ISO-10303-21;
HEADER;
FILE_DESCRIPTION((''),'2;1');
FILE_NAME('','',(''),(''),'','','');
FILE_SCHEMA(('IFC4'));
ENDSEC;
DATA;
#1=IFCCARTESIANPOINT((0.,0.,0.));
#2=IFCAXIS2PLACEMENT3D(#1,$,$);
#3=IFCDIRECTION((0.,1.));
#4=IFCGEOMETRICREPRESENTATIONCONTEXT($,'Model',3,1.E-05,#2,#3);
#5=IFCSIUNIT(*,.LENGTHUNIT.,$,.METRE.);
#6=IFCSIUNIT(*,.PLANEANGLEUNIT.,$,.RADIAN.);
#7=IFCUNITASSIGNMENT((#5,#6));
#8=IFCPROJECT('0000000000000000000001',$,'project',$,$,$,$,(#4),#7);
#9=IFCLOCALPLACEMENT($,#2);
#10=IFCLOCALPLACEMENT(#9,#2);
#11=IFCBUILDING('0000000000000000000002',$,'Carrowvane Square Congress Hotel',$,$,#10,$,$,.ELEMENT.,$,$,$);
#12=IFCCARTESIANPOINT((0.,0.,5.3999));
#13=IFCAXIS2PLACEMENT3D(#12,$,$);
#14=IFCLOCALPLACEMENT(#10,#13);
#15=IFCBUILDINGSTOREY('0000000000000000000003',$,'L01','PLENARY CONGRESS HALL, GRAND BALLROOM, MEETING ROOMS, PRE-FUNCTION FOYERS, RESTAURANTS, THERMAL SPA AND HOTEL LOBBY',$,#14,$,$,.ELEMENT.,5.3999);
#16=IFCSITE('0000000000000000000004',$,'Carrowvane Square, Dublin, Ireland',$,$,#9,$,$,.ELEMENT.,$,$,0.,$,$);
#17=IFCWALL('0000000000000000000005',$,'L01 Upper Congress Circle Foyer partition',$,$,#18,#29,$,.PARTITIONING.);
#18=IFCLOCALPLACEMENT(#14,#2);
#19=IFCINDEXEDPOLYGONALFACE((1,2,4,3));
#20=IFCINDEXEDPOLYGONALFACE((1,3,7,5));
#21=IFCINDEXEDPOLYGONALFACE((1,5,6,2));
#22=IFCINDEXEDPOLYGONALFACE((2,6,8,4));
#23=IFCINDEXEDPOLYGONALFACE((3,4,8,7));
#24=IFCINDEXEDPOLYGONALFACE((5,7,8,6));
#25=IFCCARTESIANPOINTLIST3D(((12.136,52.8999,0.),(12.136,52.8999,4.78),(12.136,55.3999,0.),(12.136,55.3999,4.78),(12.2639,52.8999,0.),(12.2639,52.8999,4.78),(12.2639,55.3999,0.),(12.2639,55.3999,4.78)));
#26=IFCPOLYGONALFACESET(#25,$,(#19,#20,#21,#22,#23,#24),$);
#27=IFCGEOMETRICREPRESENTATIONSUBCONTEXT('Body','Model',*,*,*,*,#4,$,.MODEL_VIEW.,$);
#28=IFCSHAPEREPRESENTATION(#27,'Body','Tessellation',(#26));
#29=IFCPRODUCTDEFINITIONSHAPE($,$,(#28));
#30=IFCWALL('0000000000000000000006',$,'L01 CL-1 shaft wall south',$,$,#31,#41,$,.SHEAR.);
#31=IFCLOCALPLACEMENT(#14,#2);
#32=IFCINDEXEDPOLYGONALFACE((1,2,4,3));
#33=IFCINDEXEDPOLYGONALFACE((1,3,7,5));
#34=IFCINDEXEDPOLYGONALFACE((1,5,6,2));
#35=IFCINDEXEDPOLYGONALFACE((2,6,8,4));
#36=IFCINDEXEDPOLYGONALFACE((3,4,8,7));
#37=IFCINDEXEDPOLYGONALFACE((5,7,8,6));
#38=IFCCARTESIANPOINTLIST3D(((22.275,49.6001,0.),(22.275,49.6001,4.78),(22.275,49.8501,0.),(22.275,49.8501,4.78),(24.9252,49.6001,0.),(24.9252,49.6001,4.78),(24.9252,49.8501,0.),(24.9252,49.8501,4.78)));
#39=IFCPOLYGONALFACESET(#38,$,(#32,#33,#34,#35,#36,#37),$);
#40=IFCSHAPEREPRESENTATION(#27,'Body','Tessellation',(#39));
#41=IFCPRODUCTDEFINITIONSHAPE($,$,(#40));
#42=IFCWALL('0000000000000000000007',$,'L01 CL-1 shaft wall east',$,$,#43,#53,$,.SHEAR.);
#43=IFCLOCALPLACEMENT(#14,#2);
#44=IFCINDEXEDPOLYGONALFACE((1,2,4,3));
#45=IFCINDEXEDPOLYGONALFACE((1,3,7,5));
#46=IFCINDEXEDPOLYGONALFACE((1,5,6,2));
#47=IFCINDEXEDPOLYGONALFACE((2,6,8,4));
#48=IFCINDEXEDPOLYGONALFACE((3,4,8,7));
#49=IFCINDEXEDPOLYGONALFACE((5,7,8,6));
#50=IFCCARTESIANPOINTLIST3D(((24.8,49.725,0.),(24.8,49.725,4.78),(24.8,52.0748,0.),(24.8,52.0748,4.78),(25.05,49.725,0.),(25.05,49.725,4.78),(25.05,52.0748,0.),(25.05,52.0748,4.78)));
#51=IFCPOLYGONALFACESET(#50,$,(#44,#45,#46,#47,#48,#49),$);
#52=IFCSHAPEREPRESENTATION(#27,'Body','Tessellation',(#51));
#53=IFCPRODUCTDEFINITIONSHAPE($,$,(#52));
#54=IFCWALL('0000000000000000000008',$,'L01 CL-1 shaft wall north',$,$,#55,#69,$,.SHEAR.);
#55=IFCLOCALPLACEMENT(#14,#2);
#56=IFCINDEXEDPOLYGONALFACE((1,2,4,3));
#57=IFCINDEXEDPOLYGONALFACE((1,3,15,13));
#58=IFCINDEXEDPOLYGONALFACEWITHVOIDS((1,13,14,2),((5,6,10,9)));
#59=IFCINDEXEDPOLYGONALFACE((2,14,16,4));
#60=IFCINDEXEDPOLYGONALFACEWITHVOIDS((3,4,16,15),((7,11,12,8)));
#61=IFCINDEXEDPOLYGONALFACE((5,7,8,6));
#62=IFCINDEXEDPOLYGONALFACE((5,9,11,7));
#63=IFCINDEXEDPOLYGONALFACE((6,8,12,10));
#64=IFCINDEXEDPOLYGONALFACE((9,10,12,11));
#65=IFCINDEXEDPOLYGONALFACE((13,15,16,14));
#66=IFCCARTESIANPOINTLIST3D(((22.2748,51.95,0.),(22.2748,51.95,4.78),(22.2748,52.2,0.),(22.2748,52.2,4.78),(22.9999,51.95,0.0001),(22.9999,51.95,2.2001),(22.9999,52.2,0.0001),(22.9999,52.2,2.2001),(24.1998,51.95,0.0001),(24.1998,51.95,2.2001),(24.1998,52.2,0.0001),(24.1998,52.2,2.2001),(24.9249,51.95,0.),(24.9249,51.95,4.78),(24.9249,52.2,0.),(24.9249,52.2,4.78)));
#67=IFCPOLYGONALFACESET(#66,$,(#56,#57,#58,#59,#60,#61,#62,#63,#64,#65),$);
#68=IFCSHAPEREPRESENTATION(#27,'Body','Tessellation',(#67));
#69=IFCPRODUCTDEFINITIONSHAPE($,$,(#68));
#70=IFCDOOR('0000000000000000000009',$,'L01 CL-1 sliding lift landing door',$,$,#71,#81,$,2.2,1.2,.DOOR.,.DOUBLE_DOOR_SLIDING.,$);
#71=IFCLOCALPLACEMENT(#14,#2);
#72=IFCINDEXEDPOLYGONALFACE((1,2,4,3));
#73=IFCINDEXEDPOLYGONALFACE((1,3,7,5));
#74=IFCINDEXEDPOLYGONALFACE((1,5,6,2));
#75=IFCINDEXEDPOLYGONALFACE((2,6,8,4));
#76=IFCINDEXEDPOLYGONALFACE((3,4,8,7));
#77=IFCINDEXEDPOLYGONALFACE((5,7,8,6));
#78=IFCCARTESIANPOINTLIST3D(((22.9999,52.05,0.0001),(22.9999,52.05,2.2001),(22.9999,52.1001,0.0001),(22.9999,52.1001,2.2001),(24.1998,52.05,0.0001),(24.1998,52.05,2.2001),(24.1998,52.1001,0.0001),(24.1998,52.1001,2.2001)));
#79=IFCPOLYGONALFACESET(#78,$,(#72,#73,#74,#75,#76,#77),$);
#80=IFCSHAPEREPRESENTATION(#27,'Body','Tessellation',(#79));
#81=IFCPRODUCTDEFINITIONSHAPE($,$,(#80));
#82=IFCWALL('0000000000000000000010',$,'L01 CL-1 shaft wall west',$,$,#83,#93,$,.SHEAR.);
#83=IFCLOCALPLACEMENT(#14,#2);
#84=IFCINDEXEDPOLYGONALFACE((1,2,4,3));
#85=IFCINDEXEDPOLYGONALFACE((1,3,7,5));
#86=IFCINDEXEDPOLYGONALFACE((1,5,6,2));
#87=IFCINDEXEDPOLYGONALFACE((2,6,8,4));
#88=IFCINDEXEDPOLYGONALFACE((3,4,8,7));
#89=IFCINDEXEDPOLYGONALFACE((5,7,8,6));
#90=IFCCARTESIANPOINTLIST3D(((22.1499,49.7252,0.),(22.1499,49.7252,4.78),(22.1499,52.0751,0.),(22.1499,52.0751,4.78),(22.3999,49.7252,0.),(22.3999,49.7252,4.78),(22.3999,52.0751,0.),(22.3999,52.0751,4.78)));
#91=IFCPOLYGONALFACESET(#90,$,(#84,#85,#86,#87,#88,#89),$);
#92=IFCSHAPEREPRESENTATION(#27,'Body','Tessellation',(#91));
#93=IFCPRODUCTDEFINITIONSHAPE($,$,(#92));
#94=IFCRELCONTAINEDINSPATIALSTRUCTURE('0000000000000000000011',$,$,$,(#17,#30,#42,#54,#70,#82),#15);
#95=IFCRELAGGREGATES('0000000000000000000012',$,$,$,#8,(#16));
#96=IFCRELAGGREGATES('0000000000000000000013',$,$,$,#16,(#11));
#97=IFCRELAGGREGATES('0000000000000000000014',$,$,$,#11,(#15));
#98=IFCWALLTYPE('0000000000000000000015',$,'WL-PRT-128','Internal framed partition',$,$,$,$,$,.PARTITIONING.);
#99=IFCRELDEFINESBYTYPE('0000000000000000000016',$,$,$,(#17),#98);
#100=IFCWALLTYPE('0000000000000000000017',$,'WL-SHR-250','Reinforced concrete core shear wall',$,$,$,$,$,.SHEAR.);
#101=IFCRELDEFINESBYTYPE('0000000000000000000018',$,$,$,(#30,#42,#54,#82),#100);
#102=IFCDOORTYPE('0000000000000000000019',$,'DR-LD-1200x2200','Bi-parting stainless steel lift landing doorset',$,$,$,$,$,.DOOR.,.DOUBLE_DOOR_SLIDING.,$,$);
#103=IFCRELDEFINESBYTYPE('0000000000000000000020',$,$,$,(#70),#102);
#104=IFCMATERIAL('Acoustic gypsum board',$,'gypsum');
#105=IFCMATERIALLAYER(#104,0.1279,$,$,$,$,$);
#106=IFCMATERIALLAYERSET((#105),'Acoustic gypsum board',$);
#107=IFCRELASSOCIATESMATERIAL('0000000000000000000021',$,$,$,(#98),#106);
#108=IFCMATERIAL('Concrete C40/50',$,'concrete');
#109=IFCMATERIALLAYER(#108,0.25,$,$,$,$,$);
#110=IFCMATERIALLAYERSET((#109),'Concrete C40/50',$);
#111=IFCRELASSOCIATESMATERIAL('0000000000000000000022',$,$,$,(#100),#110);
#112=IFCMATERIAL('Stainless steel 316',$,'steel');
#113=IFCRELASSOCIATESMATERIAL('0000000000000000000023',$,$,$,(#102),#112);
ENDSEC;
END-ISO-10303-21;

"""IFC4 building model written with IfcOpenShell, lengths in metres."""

from ifc_helpers import new_model, si_unit, direction, frame, frame_2d, origin, place, context, subcontext, project, spatial, rectangle, extrude, material, layer, layer_set, type_object, element, fill, save


model = new_model("IFC4")

# Units and contexts
model_context = context("Model", 3, precision=1e-05, world=origin(), true_north=direction((0.0, 1.0)))
body_context = subcontext(model_context, "Body", "Model", "MODEL_VIEW")
ifc_project = project(units=[si_unit("LENGTHUNIT", "METRE"), si_unit("PLANEANGLEUNIT", "RADIAN")], contexts=[model_context])

# Site, building, storey
site_placement = place(None, origin())
site = spatial("IfcSite", under=ifc_project, at=site_placement, Name="Carrowvane Square, Dublin, Ireland", CompositionType="ELEMENT", RefElevation=0.0)
building_placement = place(site_placement, origin())
building = spatial("IfcBuilding", under=site, at=building_placement, Name="Carrowvane Square Congress Hotel", CompositionType="ELEMENT")
storey_placement = place(building_placement, frame((0.0, 0.0, 5.3999)))
storey = spatial("IfcBuildingStorey", under=building, at=storey_placement, Name="L01", Description="PLENARY CONGRESS HALL, GRAND BALLROOM, MEETING ROOMS, PRE-FUNCTION FOYERS, RESTAURANTS, THERMAL SPA AND HOTEL LOBBY", CompositionType="ELEMENT", Elevation=5.3999)

# Walls
ifc_material_1 = material(Name="Acoustic gypsum board", Category="gypsum")
ifc_layer_1 = layer(ifc_material_1, 0.1279)
ifc_layer_set_1 = layer_set([ifc_layer_1], Name="Acoustic gypsum board")
wall_type_1 = type_object("IfcWallType", Name="WL-PRT-128", Description="Internal framed partition", PredefinedType="PARTITIONING", material=ifc_layer_set_1)
wall_1_placement = place(storey_placement, frame((12.2, 52.8999, 0.0), z_axis=(0.0, 0.0, 1.0), x_axis=(0.0, 1.0, 0.0)))
element("IfcWall", 1, at=wall_1_placement, inside=storey, type_object=wall_type_1, Name="L01 Upper Congress Circle Foyer partition", PredefinedType="PARTITIONING", context=body_context, shape_type="SweptSolid", body=[
    extrude(rectangle(XDim=2.5, YDim=0.1279, at=frame_2d((1.25, 0.0))), origin(), (0.0, 0.0, 1.0), 4.78),
])
ifc_material_2 = material(Name="Concrete C40/50", Category="concrete")
ifc_layer_2 = layer(ifc_material_2, 0.25)
ifc_layer_set_2 = layer_set([ifc_layer_2], Name="Concrete C40/50")
wall_type_2 = type_object("IfcWallType", Name="WL-SHR-250", Description="Reinforced concrete core shear wall", PredefinedType="SHEAR", material=ifc_layer_set_2)
wall_2_placement = place(storey_placement, frame((22.2749, 49.7251, 0.0), z_axis=(0.0, 0.0, 1.0), x_axis=(1.0, 0.0, 0.0)))
element("IfcWall", 2, at=wall_2_placement, inside=storey, type_object=wall_type_2, Name="L01 CL-1 shaft wall south", PredefinedType="SHEAR", context=body_context, shape_type="SweptSolid", body=[
    extrude(rectangle(XDim=2.6501, YDim=0.25, at=frame_2d((1.3252, 0.0))), origin(), (0.0, 0.0, 1.0), 4.78),
])
wall_3_placement = place(storey_placement, frame((24.925, 49.7251, 0.0), z_axis=(0.0, 0.0, 1.0), x_axis=(0.0, 1.0, 0.0)))
element("IfcWall", 3, at=wall_3_placement, inside=storey, type_object=wall_type_2, Name="L01 CL-1 shaft wall east", PredefinedType="SHEAR", context=body_context, shape_type="SweptSolid", body=[
    extrude(rectangle(XDim=2.3499, YDim=0.25, at=frame_2d((1.1748, 0.0))), origin(), (0.0, 0.0, 1.0), 4.78),
])

# Wall, opening, door
wall_4_placement = place(storey_placement, frame((24.925, 52.075, 0.0), z_axis=(0.0, 0.0, 1.0), x_axis=(-1.0, 0.0, 0.0)))
wall_4 = element("IfcWall", 4, at=wall_4_placement, inside=storey, type_object=wall_type_2, Name="L01 CL-1 shaft wall north", PredefinedType="SHEAR", context=body_context, shape_type="SweptSolid", body=[
    extrude(rectangle(XDim=2.6501, YDim=0.25, at=frame_2d((1.3252, 0.0))), origin(), (0.0, 0.0, 1.0), 4.78),
])
opening_1_placement = place(wall_4_placement, frame((0.7251, 0.0, 0.0)))
opening_1 = element("IfcOpeningElement", 5, at=opening_1_placement, cuts=wall_4, PredefinedType="OPENING", context=body_context, shape_type="SweptSolid", body=[
    extrude(rectangle(XDim=1.2, YDim=2.2, at=frame_2d((0.6001, 1.1001))), frame((0.0, 0.135, 0.0), z_axis=(0.0, -1.0, 0.0), x_axis=(1.0, 0.0, 0.0)), (0.0, 0.0, 1.0), 0.27),
])
ifc_material_3 = material(Name="Stainless steel 316", Category="steel")
door_type_1 = type_object("IfcDoorType", Name="DR-LD-1200x2200", Description="Bi-parting stainless steel lift landing doorset", OperationType="DOUBLE_DOOR_SLIDING", PredefinedType="DOOR", material=ifc_material_3)
door_1_placement = place(opening_1_placement, origin())
door_1 = element("IfcDoor", 6, at=door_1_placement, inside=storey, type_object=door_type_1, Name="L01 CL-1 sliding lift landing door", OperationType="DOUBLE_DOOR_SLIDING", OverallHeight=2.2, OverallWidth=1.2, PredefinedType="DOOR", context=body_context, shape_type="SweptSolid", body=[
    extrude(rectangle(XDim=1.2, YDim=2.2, at=frame_2d((0.6001, 1.1001))), frame((0.0, 0.0249, 0.0), z_axis=(0.0, -1.0, 0.0), x_axis=(1.0, 0.0, 0.0)), (0.0, 0.0, 1.0), 0.05),
])
fill(opening_1, door_1)

# Wall
wall_5_placement = place(storey_placement, frame((22.2749, 52.075, 0.0), z_axis=(0.0, 0.0, 1.0), x_axis=(0.0, -1.0, 0.0)))
element("IfcWall", 7, at=wall_5_placement, inside=storey, type_object=wall_type_2, Name="L01 CL-1 shaft wall west", PredefinedType="SHEAR", context=body_context, shape_type="SweptSolid", body=[
    extrude(rectangle(XDim=2.3499, YDim=0.25, at=frame_2d((1.1748, 0.0))), origin(), (0.0, 0.0, 1.0), 4.78),
])

save(model, "model.ifc")
